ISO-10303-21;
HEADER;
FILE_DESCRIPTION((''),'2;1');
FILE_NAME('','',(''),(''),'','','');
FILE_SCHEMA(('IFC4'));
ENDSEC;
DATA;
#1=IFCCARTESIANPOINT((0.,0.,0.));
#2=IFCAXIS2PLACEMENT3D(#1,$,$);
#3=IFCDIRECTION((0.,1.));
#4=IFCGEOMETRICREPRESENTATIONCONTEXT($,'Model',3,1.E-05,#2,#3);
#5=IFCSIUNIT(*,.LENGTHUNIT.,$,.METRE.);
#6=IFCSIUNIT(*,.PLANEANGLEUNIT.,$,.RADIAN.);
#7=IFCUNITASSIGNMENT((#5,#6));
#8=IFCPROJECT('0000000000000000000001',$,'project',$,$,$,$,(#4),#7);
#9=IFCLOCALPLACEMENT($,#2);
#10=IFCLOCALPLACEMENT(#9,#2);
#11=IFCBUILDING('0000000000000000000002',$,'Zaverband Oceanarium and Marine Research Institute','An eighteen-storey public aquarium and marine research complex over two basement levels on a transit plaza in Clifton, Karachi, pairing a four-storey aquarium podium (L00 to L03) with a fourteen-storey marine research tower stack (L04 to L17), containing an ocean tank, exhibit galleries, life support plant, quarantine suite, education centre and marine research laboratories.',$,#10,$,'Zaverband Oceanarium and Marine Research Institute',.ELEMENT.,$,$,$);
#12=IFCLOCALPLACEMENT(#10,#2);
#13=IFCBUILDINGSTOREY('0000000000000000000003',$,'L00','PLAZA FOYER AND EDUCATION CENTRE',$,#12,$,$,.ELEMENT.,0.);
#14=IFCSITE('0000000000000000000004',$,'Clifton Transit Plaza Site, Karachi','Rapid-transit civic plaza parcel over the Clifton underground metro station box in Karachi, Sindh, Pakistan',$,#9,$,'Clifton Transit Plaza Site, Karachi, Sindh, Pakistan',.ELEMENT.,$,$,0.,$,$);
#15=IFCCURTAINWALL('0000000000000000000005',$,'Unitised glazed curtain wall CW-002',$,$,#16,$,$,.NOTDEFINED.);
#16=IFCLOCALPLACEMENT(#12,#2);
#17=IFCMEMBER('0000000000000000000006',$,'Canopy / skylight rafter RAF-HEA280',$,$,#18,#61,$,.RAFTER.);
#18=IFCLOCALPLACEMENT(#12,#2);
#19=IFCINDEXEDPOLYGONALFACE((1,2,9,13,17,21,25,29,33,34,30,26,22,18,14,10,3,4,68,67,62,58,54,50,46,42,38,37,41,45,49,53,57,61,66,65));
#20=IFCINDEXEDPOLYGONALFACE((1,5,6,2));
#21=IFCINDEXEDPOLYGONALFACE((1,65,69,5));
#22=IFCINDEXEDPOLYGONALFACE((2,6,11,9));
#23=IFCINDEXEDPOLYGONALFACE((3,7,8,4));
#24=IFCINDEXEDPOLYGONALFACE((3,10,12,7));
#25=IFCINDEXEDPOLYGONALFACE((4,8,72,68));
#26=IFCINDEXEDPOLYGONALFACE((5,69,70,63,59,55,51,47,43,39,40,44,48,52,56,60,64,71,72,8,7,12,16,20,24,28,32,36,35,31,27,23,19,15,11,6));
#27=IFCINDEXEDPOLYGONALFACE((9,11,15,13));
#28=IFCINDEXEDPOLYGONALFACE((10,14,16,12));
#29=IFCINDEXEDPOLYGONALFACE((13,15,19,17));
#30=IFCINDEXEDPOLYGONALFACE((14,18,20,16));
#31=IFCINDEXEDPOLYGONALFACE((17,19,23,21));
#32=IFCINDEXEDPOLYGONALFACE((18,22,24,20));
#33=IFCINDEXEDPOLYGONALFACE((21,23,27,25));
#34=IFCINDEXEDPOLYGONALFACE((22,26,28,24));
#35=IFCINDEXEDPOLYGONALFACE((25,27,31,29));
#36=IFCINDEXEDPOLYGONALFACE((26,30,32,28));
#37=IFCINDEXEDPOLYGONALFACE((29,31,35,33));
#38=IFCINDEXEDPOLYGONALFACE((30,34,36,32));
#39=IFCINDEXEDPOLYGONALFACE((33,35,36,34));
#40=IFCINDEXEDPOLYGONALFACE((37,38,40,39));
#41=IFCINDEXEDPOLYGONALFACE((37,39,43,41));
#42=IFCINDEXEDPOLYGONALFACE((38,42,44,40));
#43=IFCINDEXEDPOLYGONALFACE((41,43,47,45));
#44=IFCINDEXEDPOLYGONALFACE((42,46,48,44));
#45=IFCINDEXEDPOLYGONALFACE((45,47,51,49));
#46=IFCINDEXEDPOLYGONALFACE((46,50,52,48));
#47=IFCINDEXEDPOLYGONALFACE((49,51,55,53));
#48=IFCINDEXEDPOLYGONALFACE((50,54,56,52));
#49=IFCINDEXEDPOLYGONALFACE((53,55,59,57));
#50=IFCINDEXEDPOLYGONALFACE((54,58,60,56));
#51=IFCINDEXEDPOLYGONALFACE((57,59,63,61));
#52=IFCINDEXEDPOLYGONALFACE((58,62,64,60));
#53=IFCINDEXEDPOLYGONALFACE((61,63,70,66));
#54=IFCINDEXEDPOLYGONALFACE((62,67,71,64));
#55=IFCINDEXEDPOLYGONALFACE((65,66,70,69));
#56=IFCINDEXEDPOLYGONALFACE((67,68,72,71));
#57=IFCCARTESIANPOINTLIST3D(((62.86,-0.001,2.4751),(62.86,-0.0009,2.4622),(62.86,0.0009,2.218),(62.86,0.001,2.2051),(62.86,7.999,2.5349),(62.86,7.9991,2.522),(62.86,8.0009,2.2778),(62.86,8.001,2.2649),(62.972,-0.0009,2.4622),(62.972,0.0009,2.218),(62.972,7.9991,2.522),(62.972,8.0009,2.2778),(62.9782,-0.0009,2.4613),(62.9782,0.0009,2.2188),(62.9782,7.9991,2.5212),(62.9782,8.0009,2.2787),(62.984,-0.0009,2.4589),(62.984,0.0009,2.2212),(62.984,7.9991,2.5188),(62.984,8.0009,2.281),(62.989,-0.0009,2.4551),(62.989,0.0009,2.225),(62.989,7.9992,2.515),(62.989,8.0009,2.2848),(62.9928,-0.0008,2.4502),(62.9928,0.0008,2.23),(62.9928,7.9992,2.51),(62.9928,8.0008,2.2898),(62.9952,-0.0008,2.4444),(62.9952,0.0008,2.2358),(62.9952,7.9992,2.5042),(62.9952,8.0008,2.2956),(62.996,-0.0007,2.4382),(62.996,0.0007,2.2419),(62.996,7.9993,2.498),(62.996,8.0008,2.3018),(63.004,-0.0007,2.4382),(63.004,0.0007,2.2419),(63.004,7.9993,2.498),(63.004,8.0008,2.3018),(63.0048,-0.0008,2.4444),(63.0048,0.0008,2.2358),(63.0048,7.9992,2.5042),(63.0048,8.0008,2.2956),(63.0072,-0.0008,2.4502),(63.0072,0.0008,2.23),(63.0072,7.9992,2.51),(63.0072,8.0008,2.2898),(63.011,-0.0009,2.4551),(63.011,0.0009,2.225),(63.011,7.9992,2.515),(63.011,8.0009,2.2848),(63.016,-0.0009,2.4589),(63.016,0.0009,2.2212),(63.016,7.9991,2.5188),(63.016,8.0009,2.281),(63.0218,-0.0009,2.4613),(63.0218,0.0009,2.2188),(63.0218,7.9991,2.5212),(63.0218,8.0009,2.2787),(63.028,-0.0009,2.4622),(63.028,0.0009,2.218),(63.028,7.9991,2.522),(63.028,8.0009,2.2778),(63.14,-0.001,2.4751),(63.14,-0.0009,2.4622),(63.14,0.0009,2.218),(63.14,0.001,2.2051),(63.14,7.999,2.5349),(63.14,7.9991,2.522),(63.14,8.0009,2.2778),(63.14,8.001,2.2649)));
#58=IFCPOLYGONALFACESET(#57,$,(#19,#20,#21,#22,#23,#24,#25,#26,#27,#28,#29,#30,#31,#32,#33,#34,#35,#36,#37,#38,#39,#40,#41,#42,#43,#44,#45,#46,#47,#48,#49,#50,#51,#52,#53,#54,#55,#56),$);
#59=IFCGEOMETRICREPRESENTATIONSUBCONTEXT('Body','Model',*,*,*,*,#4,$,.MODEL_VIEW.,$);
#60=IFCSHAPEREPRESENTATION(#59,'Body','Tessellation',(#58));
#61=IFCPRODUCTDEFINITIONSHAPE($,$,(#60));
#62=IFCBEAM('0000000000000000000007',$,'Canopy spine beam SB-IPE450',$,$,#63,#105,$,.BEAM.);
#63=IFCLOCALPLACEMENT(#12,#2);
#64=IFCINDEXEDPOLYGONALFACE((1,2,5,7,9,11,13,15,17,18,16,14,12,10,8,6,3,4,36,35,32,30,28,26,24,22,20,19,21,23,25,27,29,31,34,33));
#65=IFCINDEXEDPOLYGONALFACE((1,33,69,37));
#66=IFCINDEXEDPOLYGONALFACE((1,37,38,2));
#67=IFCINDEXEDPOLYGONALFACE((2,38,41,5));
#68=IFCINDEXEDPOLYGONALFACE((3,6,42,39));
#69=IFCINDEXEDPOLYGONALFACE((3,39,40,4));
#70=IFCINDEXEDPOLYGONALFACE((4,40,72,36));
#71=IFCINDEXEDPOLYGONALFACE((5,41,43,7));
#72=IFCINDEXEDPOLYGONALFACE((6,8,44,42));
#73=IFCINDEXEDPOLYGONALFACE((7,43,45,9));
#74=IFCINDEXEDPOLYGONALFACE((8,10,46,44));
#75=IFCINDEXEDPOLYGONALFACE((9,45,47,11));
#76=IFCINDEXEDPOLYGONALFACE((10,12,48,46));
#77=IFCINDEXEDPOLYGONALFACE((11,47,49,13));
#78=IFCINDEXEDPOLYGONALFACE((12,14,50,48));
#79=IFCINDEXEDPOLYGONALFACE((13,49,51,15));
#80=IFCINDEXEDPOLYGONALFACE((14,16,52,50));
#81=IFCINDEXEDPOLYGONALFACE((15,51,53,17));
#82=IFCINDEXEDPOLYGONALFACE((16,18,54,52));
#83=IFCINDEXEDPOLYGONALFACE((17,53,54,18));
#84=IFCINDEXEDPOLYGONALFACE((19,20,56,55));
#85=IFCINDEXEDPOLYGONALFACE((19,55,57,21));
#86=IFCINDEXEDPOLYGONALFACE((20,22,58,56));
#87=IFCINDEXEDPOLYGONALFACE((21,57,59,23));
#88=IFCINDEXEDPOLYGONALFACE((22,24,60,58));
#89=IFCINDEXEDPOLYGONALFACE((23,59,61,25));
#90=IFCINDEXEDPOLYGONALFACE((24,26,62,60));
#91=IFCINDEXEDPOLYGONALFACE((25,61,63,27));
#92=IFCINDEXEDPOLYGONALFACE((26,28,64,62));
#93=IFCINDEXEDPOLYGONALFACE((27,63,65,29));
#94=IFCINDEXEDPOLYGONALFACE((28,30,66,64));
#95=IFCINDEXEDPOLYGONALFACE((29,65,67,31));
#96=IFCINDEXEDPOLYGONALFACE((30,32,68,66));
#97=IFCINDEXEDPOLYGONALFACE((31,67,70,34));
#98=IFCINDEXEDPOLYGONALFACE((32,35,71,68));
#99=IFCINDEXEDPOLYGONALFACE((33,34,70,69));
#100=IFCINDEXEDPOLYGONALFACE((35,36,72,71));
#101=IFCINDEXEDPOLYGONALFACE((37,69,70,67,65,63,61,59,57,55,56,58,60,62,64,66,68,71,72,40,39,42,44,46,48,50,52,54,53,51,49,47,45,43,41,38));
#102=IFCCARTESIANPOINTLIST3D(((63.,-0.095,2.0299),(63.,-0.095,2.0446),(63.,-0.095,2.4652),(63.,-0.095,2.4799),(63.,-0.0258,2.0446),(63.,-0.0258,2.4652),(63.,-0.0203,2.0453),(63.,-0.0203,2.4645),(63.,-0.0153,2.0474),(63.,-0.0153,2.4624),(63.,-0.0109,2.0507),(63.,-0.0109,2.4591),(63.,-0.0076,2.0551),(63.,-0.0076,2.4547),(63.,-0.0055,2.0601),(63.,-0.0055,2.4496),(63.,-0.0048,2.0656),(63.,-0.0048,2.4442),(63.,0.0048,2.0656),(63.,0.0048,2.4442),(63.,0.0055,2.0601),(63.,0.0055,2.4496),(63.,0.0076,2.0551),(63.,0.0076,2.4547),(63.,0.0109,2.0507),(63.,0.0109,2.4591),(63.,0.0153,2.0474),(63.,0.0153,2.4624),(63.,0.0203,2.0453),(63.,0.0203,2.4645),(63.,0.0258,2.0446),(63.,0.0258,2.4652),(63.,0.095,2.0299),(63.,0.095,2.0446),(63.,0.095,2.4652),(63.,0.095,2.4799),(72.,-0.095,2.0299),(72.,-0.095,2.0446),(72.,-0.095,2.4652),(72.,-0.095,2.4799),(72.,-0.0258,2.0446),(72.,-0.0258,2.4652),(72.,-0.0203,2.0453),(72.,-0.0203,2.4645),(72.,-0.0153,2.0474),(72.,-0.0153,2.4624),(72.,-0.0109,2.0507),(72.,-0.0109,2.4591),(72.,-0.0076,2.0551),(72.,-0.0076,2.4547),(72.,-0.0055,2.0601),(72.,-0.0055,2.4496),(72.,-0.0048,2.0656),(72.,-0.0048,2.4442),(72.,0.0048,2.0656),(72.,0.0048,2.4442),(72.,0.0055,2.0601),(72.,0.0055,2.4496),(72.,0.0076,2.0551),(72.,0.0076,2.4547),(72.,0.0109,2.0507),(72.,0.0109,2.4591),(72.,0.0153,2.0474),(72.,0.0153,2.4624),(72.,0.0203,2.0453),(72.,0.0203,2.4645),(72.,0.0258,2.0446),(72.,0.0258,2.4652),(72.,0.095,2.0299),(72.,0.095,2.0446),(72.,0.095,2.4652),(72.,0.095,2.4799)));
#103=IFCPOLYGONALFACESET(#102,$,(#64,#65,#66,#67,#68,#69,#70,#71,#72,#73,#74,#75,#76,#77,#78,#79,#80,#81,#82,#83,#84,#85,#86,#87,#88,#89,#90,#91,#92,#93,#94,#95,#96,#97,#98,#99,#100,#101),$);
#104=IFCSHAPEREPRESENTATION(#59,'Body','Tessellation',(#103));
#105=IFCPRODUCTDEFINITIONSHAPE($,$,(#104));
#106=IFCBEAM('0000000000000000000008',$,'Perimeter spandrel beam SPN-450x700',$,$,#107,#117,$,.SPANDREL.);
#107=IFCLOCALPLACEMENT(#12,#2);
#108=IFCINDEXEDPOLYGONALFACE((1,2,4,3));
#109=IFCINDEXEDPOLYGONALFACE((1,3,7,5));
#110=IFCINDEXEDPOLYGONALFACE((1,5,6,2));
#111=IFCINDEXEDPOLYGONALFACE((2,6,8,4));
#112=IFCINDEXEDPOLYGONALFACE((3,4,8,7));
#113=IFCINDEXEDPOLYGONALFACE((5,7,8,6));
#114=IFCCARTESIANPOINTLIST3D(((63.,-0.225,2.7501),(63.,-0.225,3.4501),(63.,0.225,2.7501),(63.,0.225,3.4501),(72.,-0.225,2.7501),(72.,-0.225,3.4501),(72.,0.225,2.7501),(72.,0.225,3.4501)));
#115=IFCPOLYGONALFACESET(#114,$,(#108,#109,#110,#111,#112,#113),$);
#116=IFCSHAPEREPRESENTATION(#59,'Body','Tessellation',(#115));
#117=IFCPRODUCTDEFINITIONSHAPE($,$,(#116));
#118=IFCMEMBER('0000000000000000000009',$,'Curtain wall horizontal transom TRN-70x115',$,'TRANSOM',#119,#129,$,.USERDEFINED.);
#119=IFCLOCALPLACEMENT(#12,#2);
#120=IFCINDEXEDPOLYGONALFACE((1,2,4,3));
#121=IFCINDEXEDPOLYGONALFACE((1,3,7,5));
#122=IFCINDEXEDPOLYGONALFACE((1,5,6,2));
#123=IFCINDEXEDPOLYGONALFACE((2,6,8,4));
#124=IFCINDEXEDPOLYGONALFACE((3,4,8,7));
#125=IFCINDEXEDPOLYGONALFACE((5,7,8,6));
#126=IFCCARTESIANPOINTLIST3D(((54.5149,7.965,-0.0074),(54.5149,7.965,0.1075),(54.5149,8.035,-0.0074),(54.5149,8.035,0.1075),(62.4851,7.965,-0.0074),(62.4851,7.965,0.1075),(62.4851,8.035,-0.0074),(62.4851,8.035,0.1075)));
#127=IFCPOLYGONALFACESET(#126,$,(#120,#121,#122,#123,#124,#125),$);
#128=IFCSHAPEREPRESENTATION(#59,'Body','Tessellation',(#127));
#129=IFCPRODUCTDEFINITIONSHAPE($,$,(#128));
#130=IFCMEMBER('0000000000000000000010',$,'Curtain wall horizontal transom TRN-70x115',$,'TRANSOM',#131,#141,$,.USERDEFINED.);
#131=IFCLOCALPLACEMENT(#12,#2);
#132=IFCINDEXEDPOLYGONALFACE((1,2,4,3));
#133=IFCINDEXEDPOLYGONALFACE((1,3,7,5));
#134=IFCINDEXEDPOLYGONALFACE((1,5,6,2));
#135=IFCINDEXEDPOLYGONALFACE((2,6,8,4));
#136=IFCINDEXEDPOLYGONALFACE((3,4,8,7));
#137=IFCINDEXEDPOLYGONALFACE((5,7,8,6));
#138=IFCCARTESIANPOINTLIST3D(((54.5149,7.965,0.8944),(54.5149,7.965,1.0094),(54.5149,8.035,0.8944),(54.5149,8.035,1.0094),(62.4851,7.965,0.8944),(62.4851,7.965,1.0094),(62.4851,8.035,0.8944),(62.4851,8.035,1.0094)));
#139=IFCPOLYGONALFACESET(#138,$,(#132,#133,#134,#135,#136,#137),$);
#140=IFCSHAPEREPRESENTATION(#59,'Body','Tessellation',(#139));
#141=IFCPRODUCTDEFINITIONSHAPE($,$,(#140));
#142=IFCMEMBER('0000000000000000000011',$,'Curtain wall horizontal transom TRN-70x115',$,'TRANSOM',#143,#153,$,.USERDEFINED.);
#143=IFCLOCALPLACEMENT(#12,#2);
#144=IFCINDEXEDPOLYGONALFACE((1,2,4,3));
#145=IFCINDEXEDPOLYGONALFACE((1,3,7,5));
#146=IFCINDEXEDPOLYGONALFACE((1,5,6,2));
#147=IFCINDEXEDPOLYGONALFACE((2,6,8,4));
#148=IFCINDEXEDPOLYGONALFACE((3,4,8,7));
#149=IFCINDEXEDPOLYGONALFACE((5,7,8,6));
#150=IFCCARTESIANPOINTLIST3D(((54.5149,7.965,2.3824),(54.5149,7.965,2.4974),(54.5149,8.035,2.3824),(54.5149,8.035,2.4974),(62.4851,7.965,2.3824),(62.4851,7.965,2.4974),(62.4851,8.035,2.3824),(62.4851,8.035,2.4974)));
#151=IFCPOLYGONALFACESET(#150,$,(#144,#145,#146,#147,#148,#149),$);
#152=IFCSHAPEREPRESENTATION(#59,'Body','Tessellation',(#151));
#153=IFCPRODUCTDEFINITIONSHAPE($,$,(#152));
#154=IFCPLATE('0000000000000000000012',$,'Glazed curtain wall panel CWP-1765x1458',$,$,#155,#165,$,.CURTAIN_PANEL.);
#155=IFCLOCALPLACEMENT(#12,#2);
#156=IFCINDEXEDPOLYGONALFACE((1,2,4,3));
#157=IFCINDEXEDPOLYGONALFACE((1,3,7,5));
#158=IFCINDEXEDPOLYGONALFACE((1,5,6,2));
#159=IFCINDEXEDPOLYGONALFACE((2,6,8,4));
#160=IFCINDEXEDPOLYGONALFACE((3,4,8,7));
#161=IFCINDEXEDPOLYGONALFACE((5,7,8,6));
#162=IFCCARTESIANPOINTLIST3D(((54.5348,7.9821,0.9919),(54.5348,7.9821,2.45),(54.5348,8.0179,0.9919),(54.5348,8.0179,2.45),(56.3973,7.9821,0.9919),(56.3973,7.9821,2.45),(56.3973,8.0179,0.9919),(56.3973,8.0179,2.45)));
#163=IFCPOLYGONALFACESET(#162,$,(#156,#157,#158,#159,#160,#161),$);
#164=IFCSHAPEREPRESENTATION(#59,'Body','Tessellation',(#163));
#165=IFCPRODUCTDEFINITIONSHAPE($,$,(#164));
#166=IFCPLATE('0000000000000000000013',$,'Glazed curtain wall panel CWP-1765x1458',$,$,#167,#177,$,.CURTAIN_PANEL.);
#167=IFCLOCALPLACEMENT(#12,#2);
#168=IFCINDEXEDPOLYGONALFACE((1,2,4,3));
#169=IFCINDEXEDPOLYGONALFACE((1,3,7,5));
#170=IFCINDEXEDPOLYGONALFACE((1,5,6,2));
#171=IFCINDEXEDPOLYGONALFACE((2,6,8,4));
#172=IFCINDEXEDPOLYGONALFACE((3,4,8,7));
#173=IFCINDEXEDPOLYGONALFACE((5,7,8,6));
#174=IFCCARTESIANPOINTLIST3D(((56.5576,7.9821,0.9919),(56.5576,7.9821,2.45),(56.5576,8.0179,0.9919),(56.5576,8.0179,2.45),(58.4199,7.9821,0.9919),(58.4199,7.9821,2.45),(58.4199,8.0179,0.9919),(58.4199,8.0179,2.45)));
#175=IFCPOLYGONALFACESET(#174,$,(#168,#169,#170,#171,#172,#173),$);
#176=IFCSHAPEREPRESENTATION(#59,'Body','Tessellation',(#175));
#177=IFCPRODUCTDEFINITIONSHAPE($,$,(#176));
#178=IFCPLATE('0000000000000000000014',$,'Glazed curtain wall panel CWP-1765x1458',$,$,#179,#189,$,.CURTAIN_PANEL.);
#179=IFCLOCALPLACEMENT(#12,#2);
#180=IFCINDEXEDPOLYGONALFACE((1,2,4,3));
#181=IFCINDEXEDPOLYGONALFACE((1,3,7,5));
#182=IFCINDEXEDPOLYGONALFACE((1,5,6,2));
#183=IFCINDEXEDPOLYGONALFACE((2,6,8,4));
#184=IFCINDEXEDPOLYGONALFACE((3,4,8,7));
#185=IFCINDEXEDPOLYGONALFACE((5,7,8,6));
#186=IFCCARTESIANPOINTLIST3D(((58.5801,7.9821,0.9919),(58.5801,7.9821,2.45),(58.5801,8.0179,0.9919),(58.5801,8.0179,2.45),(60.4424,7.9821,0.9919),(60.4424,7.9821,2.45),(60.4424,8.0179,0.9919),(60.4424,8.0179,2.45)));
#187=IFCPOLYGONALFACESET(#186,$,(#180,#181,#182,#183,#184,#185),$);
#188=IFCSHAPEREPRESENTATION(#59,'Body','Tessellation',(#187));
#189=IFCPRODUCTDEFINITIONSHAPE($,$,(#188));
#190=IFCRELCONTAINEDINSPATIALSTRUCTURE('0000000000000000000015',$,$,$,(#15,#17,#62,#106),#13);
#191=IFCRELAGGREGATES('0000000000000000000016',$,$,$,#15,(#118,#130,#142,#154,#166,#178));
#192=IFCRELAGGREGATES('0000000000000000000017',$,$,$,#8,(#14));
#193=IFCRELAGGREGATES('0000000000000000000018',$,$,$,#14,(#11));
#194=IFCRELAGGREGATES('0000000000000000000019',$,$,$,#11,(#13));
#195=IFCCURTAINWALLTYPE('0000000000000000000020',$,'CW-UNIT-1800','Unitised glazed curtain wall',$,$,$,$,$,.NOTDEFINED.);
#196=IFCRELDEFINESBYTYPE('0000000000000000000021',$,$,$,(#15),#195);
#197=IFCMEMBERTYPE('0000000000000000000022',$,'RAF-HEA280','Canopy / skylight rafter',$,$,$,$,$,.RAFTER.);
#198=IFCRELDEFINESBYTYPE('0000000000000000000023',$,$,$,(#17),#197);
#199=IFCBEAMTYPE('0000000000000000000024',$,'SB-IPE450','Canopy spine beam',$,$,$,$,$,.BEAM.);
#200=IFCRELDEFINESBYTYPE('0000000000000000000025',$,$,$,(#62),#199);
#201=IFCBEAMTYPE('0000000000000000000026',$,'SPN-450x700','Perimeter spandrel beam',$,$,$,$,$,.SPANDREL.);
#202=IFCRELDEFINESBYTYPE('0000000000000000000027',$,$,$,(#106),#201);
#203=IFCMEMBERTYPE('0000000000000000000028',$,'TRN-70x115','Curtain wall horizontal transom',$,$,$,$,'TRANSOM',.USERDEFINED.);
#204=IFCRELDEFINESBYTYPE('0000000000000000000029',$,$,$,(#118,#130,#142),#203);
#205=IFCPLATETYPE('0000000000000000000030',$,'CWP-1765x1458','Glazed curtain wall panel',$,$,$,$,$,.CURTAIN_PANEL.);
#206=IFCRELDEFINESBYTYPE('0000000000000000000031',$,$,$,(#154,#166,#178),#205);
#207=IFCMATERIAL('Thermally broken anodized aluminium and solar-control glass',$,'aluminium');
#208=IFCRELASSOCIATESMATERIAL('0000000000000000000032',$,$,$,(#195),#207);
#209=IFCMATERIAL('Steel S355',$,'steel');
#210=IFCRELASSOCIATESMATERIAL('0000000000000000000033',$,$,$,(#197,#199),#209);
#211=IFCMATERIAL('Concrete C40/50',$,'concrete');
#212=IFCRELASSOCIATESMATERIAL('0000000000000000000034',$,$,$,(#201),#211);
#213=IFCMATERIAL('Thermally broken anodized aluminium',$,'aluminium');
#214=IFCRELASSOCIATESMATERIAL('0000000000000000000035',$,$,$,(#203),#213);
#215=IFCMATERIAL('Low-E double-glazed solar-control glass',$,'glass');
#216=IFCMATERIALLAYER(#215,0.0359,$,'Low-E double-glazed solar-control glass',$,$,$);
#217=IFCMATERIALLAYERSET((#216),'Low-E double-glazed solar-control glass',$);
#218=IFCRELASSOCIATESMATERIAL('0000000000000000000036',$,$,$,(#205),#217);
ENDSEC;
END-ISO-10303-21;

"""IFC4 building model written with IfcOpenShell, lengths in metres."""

from ifc_helpers import new_model, si_unit, direction, frame, frame_2d, origin, origin_2d, place, context, subcontext, project, spatial, rectangle, i_section, extrude, material, layer, layer_set, material_profile, profile_set, type_object, element, aggregate, save


model = new_model("IFC4")

# Units and contexts
model_context = context("Model", 3, precision=1e-05, world=origin(), true_north=direction((0.0, 1.0)))
body_context = subcontext(model_context, "Body", "Model", "MODEL_VIEW")
ifc_project = project(units=[si_unit("LENGTHUNIT", "METRE"), si_unit("PLANEANGLEUNIT", "RADIAN")], contexts=[model_context])

# Site, building, storey
site_placement = place(None, origin())
site = spatial("IfcSite", under=ifc_project, at=site_placement, Name="Clifton Transit Plaza Site, Karachi", Description="Rapid-transit civic plaza parcel over the Clifton underground metro station box in Karachi, Sindh, Pakistan", LongName="Clifton Transit Plaza Site, Karachi, Sindh, Pakistan", CompositionType="ELEMENT", RefElevation=0.0)
building_placement = place(site_placement, origin())
building = spatial("IfcBuilding", under=site, at=building_placement, Name="Zaverband Oceanarium and Marine Research Institute", Description="An eighteen-storey public aquarium and marine research complex over two basement levels on a transit plaza in Clifton, Karachi, pairing a four-storey aquarium podium (L00 to L03) with a fourteen-storey marine research tower stack (L04 to L17), containing an ocean tank, exhibit galleries, life support plant, quarantine suite, education centre and marine research laboratories.", LongName="Zaverband Oceanarium and Marine Research Institute", CompositionType="ELEMENT")
storey_placement = place(building_placement, origin())
storey = spatial("IfcBuildingStorey", under=building, at=storey_placement, Name="L00", Description="PLAZA FOYER AND EDUCATION CENTRE", CompositionType="ELEMENT", Elevation=0.0)

# Shared definitions
ifc_material_1 = material(Name="Concrete C40/50", Category="concrete")

# Curtain wall
ifc_material_2 = material(Name="Thermally broken anodized aluminium and solar-control glass", Category="aluminium")
curtain_wall_type = type_object("IfcCurtainWallType", Name="CW-UNIT-1800", Description="Unitised glazed curtain wall", PredefinedType="NOTDEFINED", material=ifc_material_2)
curtain_wall_placement = place(storey_placement, origin())
curtain_wall = element("IfcCurtainWall", 1, at=curtain_wall_placement, inside=storey, type_object=curtain_wall_type, Name="Unitised glazed curtain wall CW-002", PredefinedType="NOTDEFINED")
ifc_material_3 = material(Name="Thermally broken anodized aluminium", Category="aluminium")

# Member
ifc_material_4 = material(Name="Steel S355", Category="steel")
ifc_material_profile_1 = material_profile(ifc_material_4, i_section(OverallWidth=0.28, OverallDepth=0.27, WebThickness=0.0081, FlangeThickness=0.0129, FilletRadius=0.0239, at=origin_2d()), Name="HEA280")
ifc_profile_set_1 = profile_set([ifc_material_profile_1], Name="Steel S355")
member_type_1 = type_object("IfcMemberType", Name="RAF-HEA280", Description="Canopy / skylight rafter", PredefinedType="RAFTER", material=ifc_profile_set_1)
member_1_placement = place(storey_placement, frame((63.0, 0.0, 2.3401), z_axis=(0.0, 0.999972, 0.007477), x_axis=(-1.0, 0.0, 0.0)))
element("IfcMember", 2, at=member_1_placement, inside=storey, type_object=member_type_1, Name="Canopy / skylight rafter RAF-HEA280", PredefinedType="RAFTER", context=body_context, shape_type="SweptSolid", body=[
    extrude(i_section(OverallWidth=0.28, OverallDepth=0.27, WebThickness=0.0081, FlangeThickness=0.0129, FilletRadius=0.0239, at=origin_2d()), origin(), (0.0, 0.0, 1.0), 8.0002),
])

# Beams
ifc_material_profile_2 = material_profile(ifc_material_4, i_section(OverallWidth=0.1899, OverallDepth=0.45, WebThickness=0.0095, FlangeThickness=0.0146, FilletRadius=0.021, at=origin_2d()), Name="IPE450")
ifc_profile_set_2 = profile_set([ifc_material_profile_2], Name="Steel S355")
beam_type_1 = type_object("IfcBeamType", Name="SB-IPE450", Description="Canopy spine beam", PredefinedType="BEAM", material=ifc_profile_set_2)
beam_1_placement = place(storey_placement, frame((63.0, 0.0, 2.2549), z_axis=(1.0, 0.0, 0.0), x_axis=(0.0, 1.0, 0.0)))
element("IfcBeam", 3, at=beam_1_placement, inside=storey, type_object=beam_type_1, Name="Canopy spine beam SB-IPE450", PredefinedType="BEAM", context=body_context, shape_type="SweptSolid", body=[
    extrude(i_section(OverallWidth=0.1899, OverallDepth=0.45, WebThickness=0.0095, FlangeThickness=0.0146, FilletRadius=0.021, at=origin_2d()), origin(), (0.0, 0.0, 1.0), 9.0),
])
ifc_material_profile_3 = material_profile(ifc_material_1, rectangle(XDim=0.45, YDim=0.7, at=origin_2d()), Name="RC450x700")
ifc_profile_set_3 = profile_set([ifc_material_profile_3], Name="Concrete C40/50")
beam_type_2 = type_object("IfcBeamType", Name="SPN-450x700", Description="Perimeter spandrel beam", PredefinedType="SPANDREL", material=ifc_profile_set_3)
beam_2_placement = place(storey_placement, frame((63.0, 0.0, 3.1001), z_axis=(1.0, 0.0, 0.0), x_axis=(0.0, 1.0, 0.0)))
element("IfcBeam", 4, at=beam_2_placement, inside=storey, type_object=beam_type_2, Name="Perimeter spandrel beam SPN-450x700", PredefinedType="SPANDREL", context=body_context, shape_type="SweptSolid", body=[
    extrude(rectangle(XDim=0.45, YDim=0.7, at=origin_2d()), origin(), (0.0, 0.0, 1.0), 9.0),
])

# Members
ifc_material_profile_4 = material_profile(ifc_material_3, rectangle(XDim=0.0701, YDim=0.115, at=origin_2d()), Name="AL-TRN-70x115")
ifc_profile_set_4 = profile_set([ifc_material_profile_4], Name="Thermally broken anodized aluminium")
member_type_2 = type_object("IfcMemberType", Name="TRN-70x115", Description="Curtain wall horizontal transom", ElementType="TRANSOM", PredefinedType="USERDEFINED", material=ifc_profile_set_4)
member_2_placement = place(storey_placement, frame((54.5149, 8.0, 0.05), z_axis=(1.0, 0.0, 0.0), x_axis=(0.0, 1.0, 0.0)))
member_2 = element("IfcMember", 5, at=member_2_placement, type_object=member_type_2, Name="Curtain wall horizontal transom TRN-70x115", ObjectType="TRANSOM", PredefinedType="USERDEFINED", context=body_context, shape_type="SweptSolid", body=[
    extrude(rectangle(XDim=0.0701, YDim=0.115, at=origin_2d()), origin(), (0.0, 0.0, 1.0), 7.9702),
])
member_3_placement = place(storey_placement, frame((54.5149, 8.0, 0.9519), z_axis=(1.0, 0.0, 0.0), x_axis=(0.0, 1.0, 0.0)))
member_3 = element("IfcMember", 6, at=member_3_placement, type_object=member_type_2, Name="Curtain wall horizontal transom TRN-70x115", ObjectType="TRANSOM", PredefinedType="USERDEFINED", context=body_context, shape_type="SweptSolid", body=[
    extrude(rectangle(XDim=0.0701, YDim=0.115, at=origin_2d()), origin(), (0.0, 0.0, 1.0), 7.9702),
])
member_4_placement = place(storey_placement, frame((54.5149, 8.0, 2.4399), z_axis=(1.0, 0.0, 0.0), x_axis=(0.0, 1.0, 0.0)))
member_4 = element("IfcMember", 7, at=member_4_placement, type_object=member_type_2, Name="Curtain wall horizontal transom TRN-70x115", ObjectType="TRANSOM", PredefinedType="USERDEFINED", context=body_context, shape_type="SweptSolid", body=[
    extrude(rectangle(XDim=0.0701, YDim=0.115, at=origin_2d()), origin(), (0.0, 0.0, 1.0), 7.9702),
])

# Plates
ifc_material_5 = material(Name="Low-E double-glazed solar-control glass", Category="glass")
ifc_layer_1 = layer(ifc_material_5, 0.0359, Name="Low-E double-glazed solar-control glass")
ifc_layer_set_1 = layer_set([ifc_layer_1], Name="Low-E double-glazed solar-control glass")
plate_type_1 = type_object("IfcPlateType", Name="CWP-1765x1458", Description="Glazed curtain wall panel", PredefinedType="CURTAIN_PANEL", material=ifc_layer_set_1)
plate_1_placement = place(storey_placement, frame((54.5349, 8.0, 0.9919), z_axis=(0.0, 0.0, 1.0), x_axis=(1.0, 0.0, 0.0)))
plate_1 = element("IfcPlate", 8, at=plate_1_placement, type_object=plate_type_1, Name="Glazed curtain wall panel CWP-1765x1458", PredefinedType="CURTAIN_PANEL", context=body_context, shape_type="SweptSolid", body=[
    extrude(rectangle(XDim=1.8625, YDim=0.0359, at=frame_2d((0.9312, 0.0))), origin(), (0.0, 0.0, 1.0), 1.458),
])
plate_2_placement = place(storey_placement, frame((56.5576, 8.0, 0.9919), z_axis=(0.0, 0.0, 1.0), x_axis=(1.0, 0.0, 0.0)))
plate_2 = element("IfcPlate", 9, at=plate_2_placement, type_object=plate_type_1, Name="Glazed curtain wall panel CWP-1765x1458", PredefinedType="CURTAIN_PANEL", context=body_context, shape_type="SweptSolid", body=[
    extrude(rectangle(XDim=1.8623, YDim=0.0359, at=frame_2d((0.9312, 0.0))), origin(), (0.0, 0.0, 1.0), 1.458),
])
plate_3_placement = place(storey_placement, frame((58.5801, 8.0, 0.9919), z_axis=(0.0, 0.0, 1.0), x_axis=(1.0, 0.0, 0.0)))
plate_3 = element("IfcPlate", 10, at=plate_3_placement, type_object=plate_type_1, Name="Glazed curtain wall panel CWP-1765x1458", PredefinedType="CURTAIN_PANEL", context=body_context, shape_type="SweptSolid", body=[
    extrude(rectangle(XDim=1.8623, YDim=0.0359, at=frame_2d((0.9312, 0.0))), origin(), (0.0, 0.0, 1.0), 1.458),
])
aggregate(curtain_wall, [member_2, member_3, member_4, plate_1, plate_2, plate_3])

save(model, "model.ifc")
